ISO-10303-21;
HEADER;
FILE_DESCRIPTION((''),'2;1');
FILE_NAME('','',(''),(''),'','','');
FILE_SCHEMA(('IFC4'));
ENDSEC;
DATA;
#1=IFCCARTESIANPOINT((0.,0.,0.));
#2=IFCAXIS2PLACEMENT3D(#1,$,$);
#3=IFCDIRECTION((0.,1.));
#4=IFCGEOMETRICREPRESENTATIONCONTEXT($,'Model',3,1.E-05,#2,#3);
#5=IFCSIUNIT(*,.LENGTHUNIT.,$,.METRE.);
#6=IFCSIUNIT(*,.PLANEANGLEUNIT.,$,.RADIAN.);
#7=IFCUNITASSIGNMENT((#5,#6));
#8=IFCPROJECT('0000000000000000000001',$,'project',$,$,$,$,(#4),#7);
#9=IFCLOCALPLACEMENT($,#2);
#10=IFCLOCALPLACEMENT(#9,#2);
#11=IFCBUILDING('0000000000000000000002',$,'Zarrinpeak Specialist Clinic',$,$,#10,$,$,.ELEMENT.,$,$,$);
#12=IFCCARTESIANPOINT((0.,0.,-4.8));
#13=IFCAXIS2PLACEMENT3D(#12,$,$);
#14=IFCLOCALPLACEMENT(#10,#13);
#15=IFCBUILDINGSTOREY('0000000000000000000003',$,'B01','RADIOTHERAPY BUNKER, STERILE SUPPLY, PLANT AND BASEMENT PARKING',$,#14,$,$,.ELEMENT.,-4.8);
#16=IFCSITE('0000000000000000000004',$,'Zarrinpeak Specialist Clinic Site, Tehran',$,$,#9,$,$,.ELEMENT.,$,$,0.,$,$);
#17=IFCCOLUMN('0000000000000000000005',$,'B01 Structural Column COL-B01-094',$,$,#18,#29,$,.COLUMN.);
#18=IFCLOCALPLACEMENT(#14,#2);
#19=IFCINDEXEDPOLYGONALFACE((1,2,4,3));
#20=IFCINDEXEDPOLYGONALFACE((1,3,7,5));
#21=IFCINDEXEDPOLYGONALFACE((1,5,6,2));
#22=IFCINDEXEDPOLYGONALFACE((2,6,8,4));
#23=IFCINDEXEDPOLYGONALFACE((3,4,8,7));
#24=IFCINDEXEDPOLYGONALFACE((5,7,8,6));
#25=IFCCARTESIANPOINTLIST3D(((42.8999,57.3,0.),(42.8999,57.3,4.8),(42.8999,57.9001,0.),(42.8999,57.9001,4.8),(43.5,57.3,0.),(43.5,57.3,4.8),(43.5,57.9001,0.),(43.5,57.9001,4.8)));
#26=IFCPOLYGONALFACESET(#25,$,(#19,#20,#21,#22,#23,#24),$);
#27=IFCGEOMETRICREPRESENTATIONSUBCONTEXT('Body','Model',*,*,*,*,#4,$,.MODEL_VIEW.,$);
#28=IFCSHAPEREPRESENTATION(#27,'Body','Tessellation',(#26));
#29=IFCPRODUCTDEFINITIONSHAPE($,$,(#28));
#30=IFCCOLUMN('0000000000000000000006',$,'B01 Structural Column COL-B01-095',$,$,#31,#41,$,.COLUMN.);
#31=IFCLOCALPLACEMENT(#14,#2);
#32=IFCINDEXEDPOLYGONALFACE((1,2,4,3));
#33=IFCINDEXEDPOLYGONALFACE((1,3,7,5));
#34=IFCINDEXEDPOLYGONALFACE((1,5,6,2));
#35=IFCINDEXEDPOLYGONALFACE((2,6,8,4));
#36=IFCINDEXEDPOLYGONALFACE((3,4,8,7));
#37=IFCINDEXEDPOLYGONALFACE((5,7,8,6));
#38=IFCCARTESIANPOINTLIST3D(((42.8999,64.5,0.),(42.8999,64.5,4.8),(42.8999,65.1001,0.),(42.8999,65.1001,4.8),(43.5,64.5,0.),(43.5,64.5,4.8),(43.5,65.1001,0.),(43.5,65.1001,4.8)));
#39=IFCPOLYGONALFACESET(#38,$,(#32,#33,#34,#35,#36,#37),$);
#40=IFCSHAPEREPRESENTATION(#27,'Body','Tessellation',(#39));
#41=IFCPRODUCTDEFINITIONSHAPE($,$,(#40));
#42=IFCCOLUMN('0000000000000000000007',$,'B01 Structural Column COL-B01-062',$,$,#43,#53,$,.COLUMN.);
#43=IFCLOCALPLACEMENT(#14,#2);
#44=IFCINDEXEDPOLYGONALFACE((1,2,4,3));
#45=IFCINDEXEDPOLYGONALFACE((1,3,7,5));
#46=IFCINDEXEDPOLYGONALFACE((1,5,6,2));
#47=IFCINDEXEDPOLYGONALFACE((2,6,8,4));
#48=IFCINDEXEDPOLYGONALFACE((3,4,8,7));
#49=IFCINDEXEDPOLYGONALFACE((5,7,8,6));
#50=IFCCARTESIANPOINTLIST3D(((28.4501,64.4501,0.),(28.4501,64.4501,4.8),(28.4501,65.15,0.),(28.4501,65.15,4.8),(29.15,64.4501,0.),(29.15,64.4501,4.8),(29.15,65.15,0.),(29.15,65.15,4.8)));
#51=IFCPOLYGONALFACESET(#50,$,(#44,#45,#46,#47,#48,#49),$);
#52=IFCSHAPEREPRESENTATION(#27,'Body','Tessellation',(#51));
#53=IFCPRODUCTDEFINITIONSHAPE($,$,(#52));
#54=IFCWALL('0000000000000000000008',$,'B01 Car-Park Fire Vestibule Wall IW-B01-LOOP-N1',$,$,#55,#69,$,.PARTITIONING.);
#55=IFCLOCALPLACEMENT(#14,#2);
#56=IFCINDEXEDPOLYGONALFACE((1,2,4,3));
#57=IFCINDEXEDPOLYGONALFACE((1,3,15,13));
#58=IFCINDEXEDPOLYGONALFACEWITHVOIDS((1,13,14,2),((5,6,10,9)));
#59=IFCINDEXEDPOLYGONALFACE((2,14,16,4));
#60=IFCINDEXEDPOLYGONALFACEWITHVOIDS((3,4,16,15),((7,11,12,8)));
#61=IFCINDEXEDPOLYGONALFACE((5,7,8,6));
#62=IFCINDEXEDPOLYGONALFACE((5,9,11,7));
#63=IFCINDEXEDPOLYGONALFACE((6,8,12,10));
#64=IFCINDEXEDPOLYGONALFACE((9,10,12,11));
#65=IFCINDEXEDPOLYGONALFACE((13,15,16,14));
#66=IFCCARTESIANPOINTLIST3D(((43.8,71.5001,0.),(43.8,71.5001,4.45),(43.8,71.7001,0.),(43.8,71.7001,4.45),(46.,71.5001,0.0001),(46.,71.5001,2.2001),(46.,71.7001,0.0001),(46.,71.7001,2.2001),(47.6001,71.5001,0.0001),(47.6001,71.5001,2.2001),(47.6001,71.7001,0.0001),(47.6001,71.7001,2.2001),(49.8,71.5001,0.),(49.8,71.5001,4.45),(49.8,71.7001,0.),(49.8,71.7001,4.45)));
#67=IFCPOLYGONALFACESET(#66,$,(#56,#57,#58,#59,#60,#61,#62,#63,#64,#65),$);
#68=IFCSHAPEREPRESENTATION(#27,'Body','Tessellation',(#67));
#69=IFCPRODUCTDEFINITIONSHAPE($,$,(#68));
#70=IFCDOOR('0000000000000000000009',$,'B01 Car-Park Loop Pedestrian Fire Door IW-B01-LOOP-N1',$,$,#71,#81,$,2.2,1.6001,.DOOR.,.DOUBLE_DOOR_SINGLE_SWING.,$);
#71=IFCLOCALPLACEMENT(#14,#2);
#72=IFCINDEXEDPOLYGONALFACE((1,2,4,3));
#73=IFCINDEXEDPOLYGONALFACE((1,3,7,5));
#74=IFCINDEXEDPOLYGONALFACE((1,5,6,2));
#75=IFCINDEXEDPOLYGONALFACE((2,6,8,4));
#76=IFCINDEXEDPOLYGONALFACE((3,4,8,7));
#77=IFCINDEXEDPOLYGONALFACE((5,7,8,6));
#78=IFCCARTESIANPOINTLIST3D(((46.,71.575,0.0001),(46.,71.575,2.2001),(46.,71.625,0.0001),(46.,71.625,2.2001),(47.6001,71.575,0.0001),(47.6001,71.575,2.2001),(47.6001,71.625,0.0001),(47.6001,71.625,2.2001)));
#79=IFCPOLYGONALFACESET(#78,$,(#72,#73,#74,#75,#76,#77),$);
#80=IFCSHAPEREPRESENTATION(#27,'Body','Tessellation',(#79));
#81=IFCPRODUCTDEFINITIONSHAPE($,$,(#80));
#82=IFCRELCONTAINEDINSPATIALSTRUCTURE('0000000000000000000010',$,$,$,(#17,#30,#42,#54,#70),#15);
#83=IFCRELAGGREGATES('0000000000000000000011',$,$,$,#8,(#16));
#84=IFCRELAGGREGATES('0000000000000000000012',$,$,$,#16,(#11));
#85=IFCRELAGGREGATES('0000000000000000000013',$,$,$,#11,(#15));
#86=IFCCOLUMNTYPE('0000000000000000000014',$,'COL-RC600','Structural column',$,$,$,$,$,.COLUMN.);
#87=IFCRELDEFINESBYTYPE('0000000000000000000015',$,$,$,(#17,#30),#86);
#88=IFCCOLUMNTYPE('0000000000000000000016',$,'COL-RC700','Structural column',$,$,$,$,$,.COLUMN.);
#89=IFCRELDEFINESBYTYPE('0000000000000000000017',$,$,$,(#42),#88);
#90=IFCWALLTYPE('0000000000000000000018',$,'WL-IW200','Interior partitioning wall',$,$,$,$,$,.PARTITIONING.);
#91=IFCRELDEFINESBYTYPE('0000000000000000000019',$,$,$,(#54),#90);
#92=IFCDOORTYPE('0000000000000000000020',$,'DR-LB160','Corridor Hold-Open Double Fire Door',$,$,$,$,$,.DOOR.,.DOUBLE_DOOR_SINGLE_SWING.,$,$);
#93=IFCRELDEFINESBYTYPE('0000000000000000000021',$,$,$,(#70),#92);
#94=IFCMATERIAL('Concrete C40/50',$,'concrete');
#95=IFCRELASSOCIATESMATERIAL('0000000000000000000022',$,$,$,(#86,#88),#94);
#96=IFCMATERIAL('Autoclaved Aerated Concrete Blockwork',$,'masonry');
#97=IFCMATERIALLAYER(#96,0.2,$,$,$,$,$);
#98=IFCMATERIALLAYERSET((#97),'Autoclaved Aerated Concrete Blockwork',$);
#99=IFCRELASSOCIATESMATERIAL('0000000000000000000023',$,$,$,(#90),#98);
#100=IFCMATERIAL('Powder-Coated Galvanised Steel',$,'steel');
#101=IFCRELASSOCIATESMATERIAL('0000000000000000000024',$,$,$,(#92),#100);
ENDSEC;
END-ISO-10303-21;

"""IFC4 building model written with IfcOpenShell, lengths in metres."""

from ifc_helpers import new_model, si_unit, direction, frame, frame_2d, origin, origin_2d, place, context, subcontext, project, spatial, rectangle, extrude, material, layer, layer_set, material_profile, profile_set, type_object, element, fill, save


model = new_model("IFC4")

# Units and contexts
model_context = context("Model", 3, precision=1e-05, world=origin(), true_north=direction((0.0, 1.0)))
body_context = subcontext(model_context, "Body", "Model", "MODEL_VIEW")
ifc_project = project(units=[si_unit("LENGTHUNIT", "METRE"), si_unit("PLANEANGLEUNIT", "RADIAN")], contexts=[model_context])

# Site, building, storey
site_placement = place(None, origin())
site = spatial("IfcSite", under=ifc_project, at=site_placement, Name="Zarrinpeak Specialist Clinic Site, Tehran", CompositionType="ELEMENT", RefElevation=0.0)
building_placement = place(site_placement, origin())
building = spatial("IfcBuilding", under=site, at=building_placement, Name="Zarrinpeak Specialist Clinic", CompositionType="ELEMENT")
storey_placement = place(building_placement, frame((0.0, 0.0, -4.8)))
storey = spatial("IfcBuildingStorey", under=building, at=storey_placement, Name="B01", Description="RADIOTHERAPY BUNKER, STERILE SUPPLY, PLANT AND BASEMENT PARKING", CompositionType="ELEMENT", Elevation=-4.8)

# Shared definitions
ifc_material_1 = material(Name="Concrete C40/50", Category="concrete")

# Columns
ifc_material_profile_1 = material_profile(ifc_material_1, rectangle(XDim=0.6001, YDim=0.6001, at=origin_2d()), Name="RC 600x600")
ifc_profile_set_1 = profile_set([ifc_material_profile_1], Name="Concrete C40/50")
column_type_1 = type_object("IfcColumnType", Name="COL-RC600", Description="Structural column", PredefinedType="COLUMN", material=ifc_profile_set_1)
for number, where, z_axis, x_axis, name in (
    (1, (43.2, 57.6001, 0.0), (0.0, 0.0, 1.0), (1.0, 0.0, 0.0), "B01 Structural Column COL-B01-094"),
    (2, (43.2, 64.8, 0.0), (0.0, 0.0, 1.0), (1.0, 0.0, 0.0), "B01 Structural Column COL-B01-095"),
):
    element("IfcColumn", number, at=place(storey_placement, frame(where, z_axis=z_axis, x_axis=x_axis)), inside=storey, type_object=column_type_1, Name=name, PredefinedType="COLUMN", context=body_context, shape_type="SweptSolid", body=[
        extrude(rectangle(XDim=0.6001, YDim=0.6001, at=origin_2d()), origin(), (0.0, 0.0, 1.0), 4.8),
    ])
ifc_material_profile_2 = material_profile(ifc_material_1, rectangle(XDim=0.7, YDim=0.7, at=origin_2d()), Name="RC 700x700")
ifc_profile_set_2 = profile_set([ifc_material_profile_2], Name="Concrete C40/50")
column_type_2 = type_object("IfcColumnType", Name="COL-RC700", Description="Structural column", PredefinedType="COLUMN", material=ifc_profile_set_2)
column_placement = place(storey_placement, frame((28.8, 64.8, 0.0), z_axis=(0.0, 0.0, 1.0), x_axis=(1.0, 0.0, 0.0)))
element("IfcColumn", 3, at=column_placement, inside=storey, type_object=column_type_2, Name="B01 Structural Column COL-B01-062", PredefinedType="COLUMN", context=body_context, shape_type="SweptSolid", body=[
    extrude(rectangle(XDim=0.7, YDim=0.7, at=origin_2d()), origin(), (0.0, 0.0, 1.0), 4.8),
])

# Wall, opening, door
ifc_material_2 = material(Name="Autoclaved Aerated Concrete Blockwork", Category="masonry")
ifc_layer = layer(ifc_material_2, 0.2)
ifc_layer_set = layer_set([ifc_layer], Name="Autoclaved Aerated Concrete Blockwork")
wall_type = type_object("IfcWallType", Name="WL-IW200", Description="Interior partitioning wall", PredefinedType="PARTITIONING", material=ifc_layer_set)
wall_placement = place(storey_placement, frame((43.8, 71.6001, 0.0), z_axis=(0.0, 0.0, 1.0), x_axis=(1.0, 0.0, 0.0)))
wall = element("IfcWall", 4, at=wall_placement, inside=storey, type_object=wall_type, Name="B01 Car-Park Fire Vestibule Wall IW-B01-LOOP-N1", PredefinedType="PARTITIONING", context=body_context, shape_type="SweptSolid", body=[
    extrude(rectangle(XDim=6.0, YDim=0.2, at=frame_2d((3.0, 0.0))), origin(), (0.0, 0.0, 1.0), 4.45),
])
opening_placement = place(wall_placement, frame((2.2, 0.0, 0.0)))
opening = element("IfcOpeningElement", 5, at=opening_placement, cuts=wall, PredefinedType="OPENING", context=body_context, shape_type="SweptSolid", body=[
    extrude(rectangle(XDim=1.6001, YDim=2.2, at=frame_2d((0.8, 1.1001))), frame((0.0, 0.1099, 0.0), z_axis=(0.0, -1.0, 0.0), x_axis=(1.0, 0.0, 0.0)), (0.0, 0.0, 1.0), 0.22),
])
ifc_material_3 = material(Name="Powder-Coated Galvanised Steel", Category="steel")
door_type = type_object("IfcDoorType", Name="DR-LB160", Description="Corridor Hold-Open Double Fire Door", OperationType="DOUBLE_DOOR_SINGLE_SWING", PredefinedType="DOOR", material=ifc_material_3)
door_placement = place(opening_placement, origin())
door = element("IfcDoor", 6, at=door_placement, inside=storey, type_object=door_type, Name="B01 Car-Park Loop Pedestrian Fire Door IW-B01-LOOP-N1", OperationType="DOUBLE_DOOR_SINGLE_SWING", OverallHeight=2.2, OverallWidth=1.6001, PredefinedType="DOOR", context=body_context, shape_type="SweptSolid", body=[
    extrude(rectangle(XDim=1.6001, YDim=2.2, at=frame_2d((0.8, 1.1001))), frame((0.0, 0.0249, 0.0), z_axis=(0.0, -1.0, 0.0), x_axis=(1.0, 0.0, 0.0)), (0.0, 0.0, 1.0), 0.05),
])
fill(opening, door)

save(model, "model.ifc")
